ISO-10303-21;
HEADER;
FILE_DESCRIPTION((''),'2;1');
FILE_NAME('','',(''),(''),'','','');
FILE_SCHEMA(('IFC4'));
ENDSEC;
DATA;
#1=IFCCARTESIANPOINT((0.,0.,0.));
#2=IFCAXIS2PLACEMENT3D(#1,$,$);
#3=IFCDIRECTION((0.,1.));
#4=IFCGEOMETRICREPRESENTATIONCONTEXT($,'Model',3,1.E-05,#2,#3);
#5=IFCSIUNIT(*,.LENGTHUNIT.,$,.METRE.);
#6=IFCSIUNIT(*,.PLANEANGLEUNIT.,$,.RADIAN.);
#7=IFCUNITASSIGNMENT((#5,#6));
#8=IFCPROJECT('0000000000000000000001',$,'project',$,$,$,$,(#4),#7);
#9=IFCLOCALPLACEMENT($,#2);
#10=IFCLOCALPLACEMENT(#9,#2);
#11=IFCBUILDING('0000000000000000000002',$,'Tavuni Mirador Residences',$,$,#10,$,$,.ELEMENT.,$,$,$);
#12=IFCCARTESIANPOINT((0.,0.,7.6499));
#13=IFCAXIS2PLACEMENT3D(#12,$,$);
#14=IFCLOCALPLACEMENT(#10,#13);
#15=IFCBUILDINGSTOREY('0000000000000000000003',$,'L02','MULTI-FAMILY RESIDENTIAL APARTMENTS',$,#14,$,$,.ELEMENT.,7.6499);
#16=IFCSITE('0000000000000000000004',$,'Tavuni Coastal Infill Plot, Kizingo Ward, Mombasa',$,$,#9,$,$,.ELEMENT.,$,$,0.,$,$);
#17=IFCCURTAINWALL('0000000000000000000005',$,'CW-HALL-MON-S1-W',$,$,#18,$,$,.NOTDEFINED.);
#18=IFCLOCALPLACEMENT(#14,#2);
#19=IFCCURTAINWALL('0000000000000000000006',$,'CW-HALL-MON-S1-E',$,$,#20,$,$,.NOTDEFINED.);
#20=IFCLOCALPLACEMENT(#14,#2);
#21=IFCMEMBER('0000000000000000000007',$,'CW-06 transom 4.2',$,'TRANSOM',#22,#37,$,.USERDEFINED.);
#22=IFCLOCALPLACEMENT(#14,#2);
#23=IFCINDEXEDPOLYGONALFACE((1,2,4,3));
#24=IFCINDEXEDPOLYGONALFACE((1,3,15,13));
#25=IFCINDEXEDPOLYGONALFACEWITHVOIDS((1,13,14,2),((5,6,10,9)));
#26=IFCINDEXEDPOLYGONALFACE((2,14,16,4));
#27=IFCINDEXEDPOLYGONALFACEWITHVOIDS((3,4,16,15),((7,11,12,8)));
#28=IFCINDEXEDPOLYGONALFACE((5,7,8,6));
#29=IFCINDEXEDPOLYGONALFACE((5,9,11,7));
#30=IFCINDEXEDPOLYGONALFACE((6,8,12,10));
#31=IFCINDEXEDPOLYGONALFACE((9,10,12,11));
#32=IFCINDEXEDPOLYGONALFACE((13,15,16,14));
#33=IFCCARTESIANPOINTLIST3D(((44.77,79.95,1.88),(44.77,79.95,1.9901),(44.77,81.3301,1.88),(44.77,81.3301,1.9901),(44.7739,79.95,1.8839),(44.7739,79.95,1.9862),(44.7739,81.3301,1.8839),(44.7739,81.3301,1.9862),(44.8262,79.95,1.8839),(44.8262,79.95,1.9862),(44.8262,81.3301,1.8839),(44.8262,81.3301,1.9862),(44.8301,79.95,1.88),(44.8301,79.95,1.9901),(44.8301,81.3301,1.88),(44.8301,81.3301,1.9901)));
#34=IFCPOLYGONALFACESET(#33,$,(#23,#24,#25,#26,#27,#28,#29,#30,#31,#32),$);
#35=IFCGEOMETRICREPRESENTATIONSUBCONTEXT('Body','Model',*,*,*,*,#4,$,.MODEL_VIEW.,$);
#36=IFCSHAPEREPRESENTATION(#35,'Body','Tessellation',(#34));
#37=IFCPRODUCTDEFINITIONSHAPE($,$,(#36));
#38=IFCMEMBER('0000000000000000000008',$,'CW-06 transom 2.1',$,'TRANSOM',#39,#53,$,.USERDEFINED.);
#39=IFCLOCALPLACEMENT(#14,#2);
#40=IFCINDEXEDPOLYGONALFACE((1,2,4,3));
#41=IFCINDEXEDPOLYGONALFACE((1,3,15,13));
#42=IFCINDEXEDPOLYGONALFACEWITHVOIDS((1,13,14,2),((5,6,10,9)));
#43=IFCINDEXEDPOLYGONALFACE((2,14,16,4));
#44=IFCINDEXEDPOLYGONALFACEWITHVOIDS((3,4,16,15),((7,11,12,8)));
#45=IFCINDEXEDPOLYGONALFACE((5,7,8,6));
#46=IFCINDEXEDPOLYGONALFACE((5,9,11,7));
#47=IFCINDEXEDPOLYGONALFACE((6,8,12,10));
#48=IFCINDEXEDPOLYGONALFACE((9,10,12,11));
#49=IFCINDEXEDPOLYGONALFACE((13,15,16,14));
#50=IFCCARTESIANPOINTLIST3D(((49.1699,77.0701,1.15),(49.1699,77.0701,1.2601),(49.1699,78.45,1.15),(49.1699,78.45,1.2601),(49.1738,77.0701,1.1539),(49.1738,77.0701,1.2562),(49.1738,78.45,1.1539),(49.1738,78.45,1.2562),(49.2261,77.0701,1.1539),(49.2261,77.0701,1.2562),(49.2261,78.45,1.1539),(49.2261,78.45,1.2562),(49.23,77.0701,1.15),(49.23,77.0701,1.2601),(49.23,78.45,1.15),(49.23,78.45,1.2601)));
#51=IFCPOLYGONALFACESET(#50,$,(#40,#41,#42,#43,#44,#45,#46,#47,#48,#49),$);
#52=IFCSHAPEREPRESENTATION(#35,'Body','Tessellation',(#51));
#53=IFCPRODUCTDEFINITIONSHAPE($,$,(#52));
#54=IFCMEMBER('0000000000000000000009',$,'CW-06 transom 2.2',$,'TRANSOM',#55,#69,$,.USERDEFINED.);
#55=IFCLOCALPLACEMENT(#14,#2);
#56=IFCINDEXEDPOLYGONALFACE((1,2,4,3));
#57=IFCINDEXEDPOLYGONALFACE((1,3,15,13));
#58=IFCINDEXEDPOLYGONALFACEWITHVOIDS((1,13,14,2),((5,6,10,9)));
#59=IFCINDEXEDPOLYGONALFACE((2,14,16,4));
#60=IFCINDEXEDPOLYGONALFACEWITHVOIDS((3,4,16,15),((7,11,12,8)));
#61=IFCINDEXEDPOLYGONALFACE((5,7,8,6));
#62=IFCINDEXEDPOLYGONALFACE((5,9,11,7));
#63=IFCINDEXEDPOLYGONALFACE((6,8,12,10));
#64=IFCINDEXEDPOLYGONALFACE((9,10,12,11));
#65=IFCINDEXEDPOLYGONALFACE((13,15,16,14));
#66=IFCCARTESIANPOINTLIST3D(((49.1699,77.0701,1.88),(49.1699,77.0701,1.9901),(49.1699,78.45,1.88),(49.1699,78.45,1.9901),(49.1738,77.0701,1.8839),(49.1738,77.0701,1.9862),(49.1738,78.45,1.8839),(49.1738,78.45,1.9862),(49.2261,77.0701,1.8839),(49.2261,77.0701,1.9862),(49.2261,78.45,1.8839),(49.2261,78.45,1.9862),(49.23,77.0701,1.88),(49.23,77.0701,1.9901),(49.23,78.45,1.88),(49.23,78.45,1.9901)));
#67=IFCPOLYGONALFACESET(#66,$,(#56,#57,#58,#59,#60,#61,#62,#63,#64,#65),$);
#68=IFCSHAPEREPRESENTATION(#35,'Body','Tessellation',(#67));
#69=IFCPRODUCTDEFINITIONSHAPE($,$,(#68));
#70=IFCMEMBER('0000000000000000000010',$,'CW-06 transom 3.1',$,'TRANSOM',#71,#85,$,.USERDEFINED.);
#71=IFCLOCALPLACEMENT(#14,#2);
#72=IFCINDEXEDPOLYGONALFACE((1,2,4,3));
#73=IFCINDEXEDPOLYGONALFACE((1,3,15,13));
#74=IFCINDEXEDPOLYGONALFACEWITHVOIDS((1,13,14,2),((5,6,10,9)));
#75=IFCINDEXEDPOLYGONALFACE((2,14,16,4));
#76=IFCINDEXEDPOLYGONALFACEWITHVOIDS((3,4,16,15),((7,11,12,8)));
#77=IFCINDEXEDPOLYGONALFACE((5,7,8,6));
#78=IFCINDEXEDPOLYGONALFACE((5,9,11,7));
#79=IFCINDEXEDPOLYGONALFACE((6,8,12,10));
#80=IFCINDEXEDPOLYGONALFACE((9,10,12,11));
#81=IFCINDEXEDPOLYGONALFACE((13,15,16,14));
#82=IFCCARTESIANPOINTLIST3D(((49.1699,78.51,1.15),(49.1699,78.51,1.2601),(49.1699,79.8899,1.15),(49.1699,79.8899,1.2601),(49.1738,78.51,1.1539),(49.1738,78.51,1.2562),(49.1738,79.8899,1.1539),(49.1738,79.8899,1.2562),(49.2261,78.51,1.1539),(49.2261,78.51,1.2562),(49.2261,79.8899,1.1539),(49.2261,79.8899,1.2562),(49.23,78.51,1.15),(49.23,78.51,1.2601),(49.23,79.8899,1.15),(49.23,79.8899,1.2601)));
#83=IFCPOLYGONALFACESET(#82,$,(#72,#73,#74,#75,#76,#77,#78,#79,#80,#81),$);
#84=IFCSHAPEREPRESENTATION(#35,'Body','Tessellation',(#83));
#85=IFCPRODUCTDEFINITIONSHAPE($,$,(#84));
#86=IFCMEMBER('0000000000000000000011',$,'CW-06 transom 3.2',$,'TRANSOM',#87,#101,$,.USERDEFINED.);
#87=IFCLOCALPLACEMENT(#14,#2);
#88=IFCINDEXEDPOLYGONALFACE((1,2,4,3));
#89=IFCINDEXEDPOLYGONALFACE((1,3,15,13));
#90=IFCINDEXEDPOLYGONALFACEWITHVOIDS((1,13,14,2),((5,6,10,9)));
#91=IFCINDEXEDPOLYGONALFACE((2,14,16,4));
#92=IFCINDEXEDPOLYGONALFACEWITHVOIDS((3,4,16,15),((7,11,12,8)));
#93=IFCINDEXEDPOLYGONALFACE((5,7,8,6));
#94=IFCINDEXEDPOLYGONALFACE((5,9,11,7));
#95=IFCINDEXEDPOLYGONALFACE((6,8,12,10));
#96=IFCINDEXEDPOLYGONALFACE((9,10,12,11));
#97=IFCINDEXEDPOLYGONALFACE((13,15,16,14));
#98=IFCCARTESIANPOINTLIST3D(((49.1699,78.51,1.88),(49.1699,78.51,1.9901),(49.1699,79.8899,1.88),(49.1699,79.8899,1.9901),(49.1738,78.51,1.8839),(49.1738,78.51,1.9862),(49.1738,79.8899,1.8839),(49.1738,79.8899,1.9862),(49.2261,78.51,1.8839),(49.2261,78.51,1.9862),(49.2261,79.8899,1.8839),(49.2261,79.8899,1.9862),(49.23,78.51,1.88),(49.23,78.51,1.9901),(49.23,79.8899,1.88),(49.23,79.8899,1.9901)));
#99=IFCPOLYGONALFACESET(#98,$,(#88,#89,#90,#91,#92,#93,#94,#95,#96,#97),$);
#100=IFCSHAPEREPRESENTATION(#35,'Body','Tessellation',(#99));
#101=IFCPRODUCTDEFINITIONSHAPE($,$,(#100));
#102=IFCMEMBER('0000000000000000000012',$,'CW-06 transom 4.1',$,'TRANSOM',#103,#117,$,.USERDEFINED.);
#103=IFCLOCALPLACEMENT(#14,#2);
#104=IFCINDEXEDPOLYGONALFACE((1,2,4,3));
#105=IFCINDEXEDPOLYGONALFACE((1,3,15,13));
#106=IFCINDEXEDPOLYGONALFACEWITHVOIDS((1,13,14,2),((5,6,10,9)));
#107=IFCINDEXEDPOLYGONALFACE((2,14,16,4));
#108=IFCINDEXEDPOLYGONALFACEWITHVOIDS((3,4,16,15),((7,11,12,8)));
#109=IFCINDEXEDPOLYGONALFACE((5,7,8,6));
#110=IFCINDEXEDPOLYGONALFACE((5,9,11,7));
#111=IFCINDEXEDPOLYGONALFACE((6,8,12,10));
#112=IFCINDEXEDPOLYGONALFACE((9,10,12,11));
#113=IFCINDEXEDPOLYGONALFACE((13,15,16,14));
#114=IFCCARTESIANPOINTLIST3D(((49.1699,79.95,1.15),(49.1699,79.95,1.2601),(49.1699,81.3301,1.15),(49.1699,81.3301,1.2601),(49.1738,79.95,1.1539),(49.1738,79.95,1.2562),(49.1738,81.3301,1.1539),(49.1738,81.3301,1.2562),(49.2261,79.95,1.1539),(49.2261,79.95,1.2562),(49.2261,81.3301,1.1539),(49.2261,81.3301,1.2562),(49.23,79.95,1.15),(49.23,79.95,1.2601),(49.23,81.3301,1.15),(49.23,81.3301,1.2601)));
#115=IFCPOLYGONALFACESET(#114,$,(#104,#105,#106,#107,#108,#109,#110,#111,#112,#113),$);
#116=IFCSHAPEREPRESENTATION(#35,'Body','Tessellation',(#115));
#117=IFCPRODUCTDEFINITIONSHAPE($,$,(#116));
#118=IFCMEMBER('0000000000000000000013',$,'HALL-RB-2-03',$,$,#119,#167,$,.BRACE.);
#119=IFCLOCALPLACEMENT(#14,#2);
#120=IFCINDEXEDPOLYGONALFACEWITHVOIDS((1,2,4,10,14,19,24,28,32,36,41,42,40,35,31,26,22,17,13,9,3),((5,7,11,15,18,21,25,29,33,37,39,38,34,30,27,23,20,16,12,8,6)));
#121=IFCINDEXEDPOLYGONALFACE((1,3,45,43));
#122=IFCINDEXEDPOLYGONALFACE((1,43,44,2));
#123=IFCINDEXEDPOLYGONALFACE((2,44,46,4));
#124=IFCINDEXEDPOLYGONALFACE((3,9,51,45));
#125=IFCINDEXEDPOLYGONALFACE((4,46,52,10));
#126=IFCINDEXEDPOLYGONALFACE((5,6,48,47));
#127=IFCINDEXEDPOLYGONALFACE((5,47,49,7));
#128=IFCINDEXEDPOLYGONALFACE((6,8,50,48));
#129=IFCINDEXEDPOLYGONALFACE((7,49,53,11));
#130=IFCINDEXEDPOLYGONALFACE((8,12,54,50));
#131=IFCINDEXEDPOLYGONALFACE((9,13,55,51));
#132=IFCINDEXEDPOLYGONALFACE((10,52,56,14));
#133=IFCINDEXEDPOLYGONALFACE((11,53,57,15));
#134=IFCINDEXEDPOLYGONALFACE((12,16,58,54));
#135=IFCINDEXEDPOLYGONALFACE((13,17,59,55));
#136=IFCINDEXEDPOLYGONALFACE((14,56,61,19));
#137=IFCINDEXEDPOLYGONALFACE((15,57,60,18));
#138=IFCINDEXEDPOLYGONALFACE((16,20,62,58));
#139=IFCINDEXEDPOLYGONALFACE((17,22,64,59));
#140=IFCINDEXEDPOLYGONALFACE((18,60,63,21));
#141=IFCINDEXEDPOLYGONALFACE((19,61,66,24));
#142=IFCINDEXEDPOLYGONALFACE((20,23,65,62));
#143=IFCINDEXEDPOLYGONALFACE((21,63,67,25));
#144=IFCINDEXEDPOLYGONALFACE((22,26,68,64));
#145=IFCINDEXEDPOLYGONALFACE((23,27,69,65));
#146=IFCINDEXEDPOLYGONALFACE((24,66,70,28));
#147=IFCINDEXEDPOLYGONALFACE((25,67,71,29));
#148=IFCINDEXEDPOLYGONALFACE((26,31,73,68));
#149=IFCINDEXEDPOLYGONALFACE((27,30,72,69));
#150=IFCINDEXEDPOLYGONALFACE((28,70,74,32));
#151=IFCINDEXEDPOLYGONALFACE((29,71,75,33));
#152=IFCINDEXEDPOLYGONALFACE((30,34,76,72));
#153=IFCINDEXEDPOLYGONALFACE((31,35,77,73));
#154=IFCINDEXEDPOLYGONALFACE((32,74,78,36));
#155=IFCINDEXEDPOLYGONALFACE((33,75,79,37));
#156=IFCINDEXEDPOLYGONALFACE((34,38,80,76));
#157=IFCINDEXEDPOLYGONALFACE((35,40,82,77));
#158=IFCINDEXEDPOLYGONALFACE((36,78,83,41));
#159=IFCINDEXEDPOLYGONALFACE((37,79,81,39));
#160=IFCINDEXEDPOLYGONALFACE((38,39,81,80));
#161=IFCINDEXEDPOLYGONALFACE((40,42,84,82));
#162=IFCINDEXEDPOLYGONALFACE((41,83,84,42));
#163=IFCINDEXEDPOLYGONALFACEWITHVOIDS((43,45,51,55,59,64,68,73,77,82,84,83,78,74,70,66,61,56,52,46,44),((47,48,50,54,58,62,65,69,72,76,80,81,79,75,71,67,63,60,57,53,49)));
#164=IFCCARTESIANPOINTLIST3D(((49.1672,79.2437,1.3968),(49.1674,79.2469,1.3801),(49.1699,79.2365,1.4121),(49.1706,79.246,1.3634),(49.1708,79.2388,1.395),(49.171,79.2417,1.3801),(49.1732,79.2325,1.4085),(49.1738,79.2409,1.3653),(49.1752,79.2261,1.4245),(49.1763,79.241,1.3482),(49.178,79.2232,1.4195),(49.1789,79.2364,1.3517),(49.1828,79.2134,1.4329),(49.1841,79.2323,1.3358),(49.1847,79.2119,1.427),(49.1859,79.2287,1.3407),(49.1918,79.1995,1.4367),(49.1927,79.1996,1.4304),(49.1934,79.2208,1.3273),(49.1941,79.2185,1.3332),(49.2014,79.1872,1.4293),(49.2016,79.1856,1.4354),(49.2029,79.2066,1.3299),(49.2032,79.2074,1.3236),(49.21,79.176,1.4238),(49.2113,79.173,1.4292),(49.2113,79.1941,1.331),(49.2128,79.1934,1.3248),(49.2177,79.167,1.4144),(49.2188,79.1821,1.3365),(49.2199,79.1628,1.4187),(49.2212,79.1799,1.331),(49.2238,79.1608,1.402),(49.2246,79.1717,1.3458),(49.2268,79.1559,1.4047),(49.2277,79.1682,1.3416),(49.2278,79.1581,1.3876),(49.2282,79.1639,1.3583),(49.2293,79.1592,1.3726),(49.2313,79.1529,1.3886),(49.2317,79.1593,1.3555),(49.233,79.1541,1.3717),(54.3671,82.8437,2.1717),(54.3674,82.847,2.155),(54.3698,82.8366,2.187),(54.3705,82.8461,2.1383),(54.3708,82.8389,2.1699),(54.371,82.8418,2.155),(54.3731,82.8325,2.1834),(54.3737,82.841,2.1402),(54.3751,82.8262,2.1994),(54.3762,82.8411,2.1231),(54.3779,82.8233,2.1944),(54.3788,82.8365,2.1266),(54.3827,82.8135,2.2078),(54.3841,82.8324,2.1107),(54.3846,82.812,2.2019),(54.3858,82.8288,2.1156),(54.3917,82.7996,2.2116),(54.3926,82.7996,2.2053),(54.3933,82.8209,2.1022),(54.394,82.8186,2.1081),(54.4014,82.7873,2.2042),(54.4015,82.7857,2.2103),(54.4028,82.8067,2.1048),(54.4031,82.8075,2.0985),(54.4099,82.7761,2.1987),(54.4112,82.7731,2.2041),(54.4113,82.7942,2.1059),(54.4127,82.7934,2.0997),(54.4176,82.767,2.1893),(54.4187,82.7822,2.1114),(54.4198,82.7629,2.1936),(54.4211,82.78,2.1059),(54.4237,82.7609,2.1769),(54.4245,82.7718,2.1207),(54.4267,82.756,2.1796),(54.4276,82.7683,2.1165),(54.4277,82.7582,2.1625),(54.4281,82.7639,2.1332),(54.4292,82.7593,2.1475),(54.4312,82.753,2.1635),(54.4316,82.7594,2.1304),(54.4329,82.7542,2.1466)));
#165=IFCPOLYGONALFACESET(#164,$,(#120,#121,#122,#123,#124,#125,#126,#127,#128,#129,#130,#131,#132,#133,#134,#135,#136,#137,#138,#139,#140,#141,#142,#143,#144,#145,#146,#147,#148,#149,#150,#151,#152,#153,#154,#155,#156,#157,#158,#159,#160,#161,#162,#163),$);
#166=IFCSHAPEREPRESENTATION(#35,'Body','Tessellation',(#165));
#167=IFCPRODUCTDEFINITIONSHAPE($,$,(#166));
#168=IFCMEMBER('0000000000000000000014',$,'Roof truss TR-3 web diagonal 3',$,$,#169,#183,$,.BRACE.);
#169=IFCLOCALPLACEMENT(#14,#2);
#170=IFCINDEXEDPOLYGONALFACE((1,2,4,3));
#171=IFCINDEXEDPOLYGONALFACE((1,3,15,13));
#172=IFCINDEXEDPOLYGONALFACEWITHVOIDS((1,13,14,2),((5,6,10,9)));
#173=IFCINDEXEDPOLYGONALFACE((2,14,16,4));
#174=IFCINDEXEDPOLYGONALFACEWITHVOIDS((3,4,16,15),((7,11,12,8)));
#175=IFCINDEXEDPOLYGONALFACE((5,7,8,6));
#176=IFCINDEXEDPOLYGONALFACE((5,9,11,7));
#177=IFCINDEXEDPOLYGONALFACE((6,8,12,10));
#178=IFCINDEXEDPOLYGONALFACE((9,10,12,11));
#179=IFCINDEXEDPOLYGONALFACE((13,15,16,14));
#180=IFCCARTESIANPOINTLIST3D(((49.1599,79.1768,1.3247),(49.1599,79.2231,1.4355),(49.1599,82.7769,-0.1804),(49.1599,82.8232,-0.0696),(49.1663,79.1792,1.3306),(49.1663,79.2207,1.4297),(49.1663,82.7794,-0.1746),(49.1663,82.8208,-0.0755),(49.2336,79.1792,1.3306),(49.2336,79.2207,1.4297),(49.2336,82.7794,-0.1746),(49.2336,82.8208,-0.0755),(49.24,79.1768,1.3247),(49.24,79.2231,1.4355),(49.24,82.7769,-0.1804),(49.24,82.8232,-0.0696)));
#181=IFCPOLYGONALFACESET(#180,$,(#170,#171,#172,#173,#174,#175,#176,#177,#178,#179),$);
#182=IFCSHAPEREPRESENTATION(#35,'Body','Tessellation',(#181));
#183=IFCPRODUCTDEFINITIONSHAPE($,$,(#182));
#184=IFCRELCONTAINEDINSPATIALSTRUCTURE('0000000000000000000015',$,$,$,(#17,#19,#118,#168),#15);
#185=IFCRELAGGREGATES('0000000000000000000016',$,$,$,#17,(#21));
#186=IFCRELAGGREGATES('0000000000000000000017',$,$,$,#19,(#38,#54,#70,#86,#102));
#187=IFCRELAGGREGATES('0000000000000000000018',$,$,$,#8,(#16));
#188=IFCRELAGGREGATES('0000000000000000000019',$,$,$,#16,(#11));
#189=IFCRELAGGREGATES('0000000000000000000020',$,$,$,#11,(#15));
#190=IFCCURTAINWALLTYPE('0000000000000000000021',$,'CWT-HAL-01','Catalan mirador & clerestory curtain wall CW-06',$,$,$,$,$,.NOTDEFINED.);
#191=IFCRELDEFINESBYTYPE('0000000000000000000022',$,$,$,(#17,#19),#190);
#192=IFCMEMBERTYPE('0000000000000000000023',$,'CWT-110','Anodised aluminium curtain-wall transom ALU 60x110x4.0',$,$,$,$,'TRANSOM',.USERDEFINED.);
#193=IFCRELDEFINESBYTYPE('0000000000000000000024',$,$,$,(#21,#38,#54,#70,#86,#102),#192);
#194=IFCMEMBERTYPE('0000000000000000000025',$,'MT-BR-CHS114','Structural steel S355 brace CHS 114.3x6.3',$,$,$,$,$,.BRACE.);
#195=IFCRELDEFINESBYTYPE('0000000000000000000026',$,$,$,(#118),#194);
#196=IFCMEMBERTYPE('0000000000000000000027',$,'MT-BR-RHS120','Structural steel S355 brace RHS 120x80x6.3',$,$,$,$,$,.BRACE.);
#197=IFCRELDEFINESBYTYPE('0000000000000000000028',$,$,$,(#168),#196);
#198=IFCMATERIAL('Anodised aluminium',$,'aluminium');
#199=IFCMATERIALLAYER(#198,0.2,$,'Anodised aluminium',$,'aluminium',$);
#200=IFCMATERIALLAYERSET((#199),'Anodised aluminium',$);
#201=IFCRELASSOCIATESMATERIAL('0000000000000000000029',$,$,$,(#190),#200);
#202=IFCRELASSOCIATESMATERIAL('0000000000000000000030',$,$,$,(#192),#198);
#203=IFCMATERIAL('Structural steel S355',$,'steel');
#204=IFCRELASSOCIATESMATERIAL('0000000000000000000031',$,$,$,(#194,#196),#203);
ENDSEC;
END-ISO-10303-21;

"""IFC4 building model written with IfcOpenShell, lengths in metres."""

from ifc_helpers import new_model, si_unit, direction, frame, origin, origin_2d, place, context, subcontext, project, spatial, hollow_rectangle, hollow_circle, extrude, material, layer, layer_set, material_profile, profile_set, type_object, element, aggregate, save


model = new_model("IFC4")

# Units and contexts
model_context = context("Model", 3, precision=1e-05, world=origin(), true_north=direction((0.0, 1.0)))
body_context = subcontext(model_context, "Body", "Model", "MODEL_VIEW")
ifc_project = project(units=[si_unit("LENGTHUNIT", "METRE"), si_unit("PLANEANGLEUNIT", "RADIAN")], contexts=[model_context])

# Site, building, storey
site_placement = place(None, origin())
site = spatial("IfcSite", under=ifc_project, at=site_placement, Name="Tavuni Coastal Infill Plot, Kizingo Ward, Mombasa", CompositionType="ELEMENT", RefElevation=0.0)
building_placement = place(site_placement, origin())
building = spatial("IfcBuilding", under=site, at=building_placement, Name="Tavuni Mirador Residences", CompositionType="ELEMENT")
storey_placement = place(building_placement, frame((0.0, 0.0, 7.6499)))
storey = spatial("IfcBuildingStorey", under=building, at=storey_placement, Name="L02", Description="MULTI-FAMILY RESIDENTIAL APARTMENTS", CompositionType="ELEMENT", Elevation=7.6499)

# Curtain walls
ifc_material_1 = material(Name="Anodised aluminium", Category="aluminium")
ifc_layer_1 = layer(ifc_material_1, 0.2, Name="Anodised aluminium", Category="aluminium")
ifc_layer_set_1 = layer_set([ifc_layer_1], Name="Anodised aluminium")
curtain_wall_type = type_object("IfcCurtainWallType", Name="CWT-HAL-01", Description="Catalan mirador & clerestory curtain wall CW-06", PredefinedType="NOTDEFINED", material=ifc_layer_set_1)
curtain_wall_1_placement = place(storey_placement, origin())
curtain_wall_1 = element("IfcCurtainWall", 1, at=curtain_wall_1_placement, inside=storey, type_object=curtain_wall_type, Name="CW-HALL-MON-S1-W", PredefinedType="NOTDEFINED")
curtain_wall_2_placement = place(storey_placement, origin())
curtain_wall_2 = element("IfcCurtainWall", 2, at=curtain_wall_2_placement, inside=storey, type_object=curtain_wall_type, Name="CW-HALL-MON-S1-E", PredefinedType="NOTDEFINED")

# Members
ifc_material_profile_1 = material_profile(ifc_material_1, hollow_rectangle(XDim=0.0601, YDim=0.1101, WallThickness=0.0039, at=origin_2d()), Name="ALU 60x110x4.0", Category="aluminium")
ifc_profile_set_1 = profile_set([ifc_material_profile_1], Name="Anodised aluminium")
member_type_1 = type_object("IfcMemberType", Name="CWT-110", Description="Anodised aluminium curtain-wall transom ALU 60x110x4.0", ElementType="TRANSOM", PredefinedType="USERDEFINED", material=ifc_profile_set_1)
member_1_placement = place(storey_placement, frame((44.8, 79.95, 1.9351), z_axis=(0.0, 1.0, 0.0), x_axis=(-1.0, 0.0, 0.0)))
member_1 = element("IfcMember", 3, at=member_1_placement, type_object=member_type_1, Name="CW-06 transom 4.2", ObjectType="TRANSOM", PredefinedType="USERDEFINED", context=body_context, shape_type="SweptSolid", body=[
    extrude(hollow_rectangle(XDim=0.0601, YDim=0.1101, WallThickness=0.0039, at=origin_2d()), origin(), (0.0, 0.0, 1.0), 1.3801),
])
member_2_placement = place(storey_placement, frame((49.2, 77.0701, 1.2051), z_axis=(0.0, 1.0, 0.0), x_axis=(-1.0, 0.0, 0.0)))
member_2 = element("IfcMember", 4, at=member_2_placement, type_object=member_type_1, Name="CW-06 transom 2.1", ObjectType="TRANSOM", PredefinedType="USERDEFINED", context=body_context, shape_type="SweptSolid", body=[
    extrude(hollow_rectangle(XDim=0.0601, YDim=0.1101, WallThickness=0.0039, at=origin_2d()), origin(), (0.0, 0.0, 1.0), 1.3799),
])
member_3_placement = place(storey_placement, frame((49.2, 77.0701, 1.9351), z_axis=(0.0, 1.0, 0.0), x_axis=(-1.0, 0.0, 0.0)))
member_3 = element("IfcMember", 5, at=member_3_placement, type_object=member_type_1, Name="CW-06 transom 2.2", ObjectType="TRANSOM", PredefinedType="USERDEFINED", context=body_context, shape_type="SweptSolid", body=[
    extrude(hollow_rectangle(XDim=0.0601, YDim=0.1101, WallThickness=0.0039, at=origin_2d()), origin(), (0.0, 0.0, 1.0), 1.3799),
])
member_4_placement = place(storey_placement, frame((49.2, 78.51, 1.2051), z_axis=(0.0, 1.0, 0.0), x_axis=(-1.0, 0.0, 0.0)))
member_4 = element("IfcMember", 6, at=member_4_placement, type_object=member_type_1, Name="CW-06 transom 3.1", ObjectType="TRANSOM", PredefinedType="USERDEFINED", context=body_context, shape_type="SweptSolid", body=[
    extrude(hollow_rectangle(XDim=0.0601, YDim=0.1101, WallThickness=0.0039, at=origin_2d()), origin(), (0.0, 0.0, 1.0), 1.3799),
])
member_5_placement = place(storey_placement, frame((49.2, 78.51, 1.9351), z_axis=(0.0, 1.0, 0.0), x_axis=(-1.0, 0.0, 0.0)))
member_5 = element("IfcMember", 7, at=member_5_placement, type_object=member_type_1, Name="CW-06 transom 3.2", ObjectType="TRANSOM", PredefinedType="USERDEFINED", context=body_context, shape_type="SweptSolid", body=[
    extrude(hollow_rectangle(XDim=0.0601, YDim=0.1101, WallThickness=0.0039, at=origin_2d()), origin(), (0.0, 0.0, 1.0), 1.3799),
])
member_6_placement = place(storey_placement, frame((49.2, 79.95, 1.2051), z_axis=(0.0, 1.0, 0.0), x_axis=(-1.0, 0.0, 0.0)))
member_6 = element("IfcMember", 8, at=member_6_placement, type_object=member_type_1, Name="CW-06 transom 4.1", ObjectType="TRANSOM", PredefinedType="USERDEFINED", context=body_context, shape_type="SweptSolid", body=[
    extrude(hollow_rectangle(XDim=0.0601, YDim=0.1101, WallThickness=0.0039, at=origin_2d()), origin(), (0.0, 0.0, 1.0), 1.3801),
])

# Members
ifc_material_2 = material(Name="Structural steel S355", Category="steel")
ifc_material_profile_2 = material_profile(ifc_material_2, hollow_circle(Radius=0.0571, WallThickness=0.0063, at=origin_2d()), Name="CHS 114.3x6.3", Category="steel")
ifc_profile_set_2 = profile_set([ifc_material_profile_2], Name="Structural steel S355")
member_type_2 = type_object("IfcMemberType", Name="MT-BR-CHS114", Description="Structural steel S355 brace CHS 114.3x6.3", PredefinedType="BRACE", material=ifc_profile_set_2)
member_7_placement = place(storey_placement, frame((49.2, 79.2, 1.3801), z_axis=(0.81608, 0.564999, 0.121613), x_axis=(-0.569224, 0.822182, 0.0)))
element("IfcMember", 9, at=member_7_placement, inside=storey, type_object=member_type_2, Name="HALL-RB-2-03", PredefinedType="BRACE", context=body_context, shape_type="SweptSolid", body=[
    extrude(hollow_circle(Radius=0.0571, WallThickness=0.0063, at=origin_2d()), origin(), (0.0, 0.0, 1.0), 6.3718),
])
ifc_material_profile_3 = material_profile(ifc_material_2, hollow_rectangle(XDim=0.0801, YDim=0.1201, WallThickness=0.0063, at=origin_2d()), Name="RHS 120x80x6.3", Category="steel")
ifc_profile_set_3 = profile_set([ifc_material_profile_3], Name="Structural steel S355")
member_type_3 = type_object("IfcMemberType", Name="MT-BR-RHS120", Description="Structural steel S355 brace RHS 120x80x6.3", PredefinedType="BRACE", material=ifc_profile_set_3)
member_8_placement = place(storey_placement, frame((49.2, 79.2, 1.3801), z_axis=(0.0, 0.922613, -0.385726), x_axis=(-1.0, 0.0, 0.0)))
element("IfcMember", 10, at=member_8_placement, inside=storey, type_object=member_type_3, Name="Roof truss TR-3 web diagonal 3", PredefinedType="BRACE", context=body_context, shape_type="SweptSolid", body=[
    extrude(hollow_rectangle(XDim=0.0801, YDim=0.1201, WallThickness=0.0063, at=origin_2d()), origin(), (0.0, 0.0, 1.0), 3.9021),
])

aggregate(curtain_wall_1, [member_1])
aggregate(curtain_wall_2, [member_2, member_3, member_4, member_5, member_6])

save(model, "model.ifc")
